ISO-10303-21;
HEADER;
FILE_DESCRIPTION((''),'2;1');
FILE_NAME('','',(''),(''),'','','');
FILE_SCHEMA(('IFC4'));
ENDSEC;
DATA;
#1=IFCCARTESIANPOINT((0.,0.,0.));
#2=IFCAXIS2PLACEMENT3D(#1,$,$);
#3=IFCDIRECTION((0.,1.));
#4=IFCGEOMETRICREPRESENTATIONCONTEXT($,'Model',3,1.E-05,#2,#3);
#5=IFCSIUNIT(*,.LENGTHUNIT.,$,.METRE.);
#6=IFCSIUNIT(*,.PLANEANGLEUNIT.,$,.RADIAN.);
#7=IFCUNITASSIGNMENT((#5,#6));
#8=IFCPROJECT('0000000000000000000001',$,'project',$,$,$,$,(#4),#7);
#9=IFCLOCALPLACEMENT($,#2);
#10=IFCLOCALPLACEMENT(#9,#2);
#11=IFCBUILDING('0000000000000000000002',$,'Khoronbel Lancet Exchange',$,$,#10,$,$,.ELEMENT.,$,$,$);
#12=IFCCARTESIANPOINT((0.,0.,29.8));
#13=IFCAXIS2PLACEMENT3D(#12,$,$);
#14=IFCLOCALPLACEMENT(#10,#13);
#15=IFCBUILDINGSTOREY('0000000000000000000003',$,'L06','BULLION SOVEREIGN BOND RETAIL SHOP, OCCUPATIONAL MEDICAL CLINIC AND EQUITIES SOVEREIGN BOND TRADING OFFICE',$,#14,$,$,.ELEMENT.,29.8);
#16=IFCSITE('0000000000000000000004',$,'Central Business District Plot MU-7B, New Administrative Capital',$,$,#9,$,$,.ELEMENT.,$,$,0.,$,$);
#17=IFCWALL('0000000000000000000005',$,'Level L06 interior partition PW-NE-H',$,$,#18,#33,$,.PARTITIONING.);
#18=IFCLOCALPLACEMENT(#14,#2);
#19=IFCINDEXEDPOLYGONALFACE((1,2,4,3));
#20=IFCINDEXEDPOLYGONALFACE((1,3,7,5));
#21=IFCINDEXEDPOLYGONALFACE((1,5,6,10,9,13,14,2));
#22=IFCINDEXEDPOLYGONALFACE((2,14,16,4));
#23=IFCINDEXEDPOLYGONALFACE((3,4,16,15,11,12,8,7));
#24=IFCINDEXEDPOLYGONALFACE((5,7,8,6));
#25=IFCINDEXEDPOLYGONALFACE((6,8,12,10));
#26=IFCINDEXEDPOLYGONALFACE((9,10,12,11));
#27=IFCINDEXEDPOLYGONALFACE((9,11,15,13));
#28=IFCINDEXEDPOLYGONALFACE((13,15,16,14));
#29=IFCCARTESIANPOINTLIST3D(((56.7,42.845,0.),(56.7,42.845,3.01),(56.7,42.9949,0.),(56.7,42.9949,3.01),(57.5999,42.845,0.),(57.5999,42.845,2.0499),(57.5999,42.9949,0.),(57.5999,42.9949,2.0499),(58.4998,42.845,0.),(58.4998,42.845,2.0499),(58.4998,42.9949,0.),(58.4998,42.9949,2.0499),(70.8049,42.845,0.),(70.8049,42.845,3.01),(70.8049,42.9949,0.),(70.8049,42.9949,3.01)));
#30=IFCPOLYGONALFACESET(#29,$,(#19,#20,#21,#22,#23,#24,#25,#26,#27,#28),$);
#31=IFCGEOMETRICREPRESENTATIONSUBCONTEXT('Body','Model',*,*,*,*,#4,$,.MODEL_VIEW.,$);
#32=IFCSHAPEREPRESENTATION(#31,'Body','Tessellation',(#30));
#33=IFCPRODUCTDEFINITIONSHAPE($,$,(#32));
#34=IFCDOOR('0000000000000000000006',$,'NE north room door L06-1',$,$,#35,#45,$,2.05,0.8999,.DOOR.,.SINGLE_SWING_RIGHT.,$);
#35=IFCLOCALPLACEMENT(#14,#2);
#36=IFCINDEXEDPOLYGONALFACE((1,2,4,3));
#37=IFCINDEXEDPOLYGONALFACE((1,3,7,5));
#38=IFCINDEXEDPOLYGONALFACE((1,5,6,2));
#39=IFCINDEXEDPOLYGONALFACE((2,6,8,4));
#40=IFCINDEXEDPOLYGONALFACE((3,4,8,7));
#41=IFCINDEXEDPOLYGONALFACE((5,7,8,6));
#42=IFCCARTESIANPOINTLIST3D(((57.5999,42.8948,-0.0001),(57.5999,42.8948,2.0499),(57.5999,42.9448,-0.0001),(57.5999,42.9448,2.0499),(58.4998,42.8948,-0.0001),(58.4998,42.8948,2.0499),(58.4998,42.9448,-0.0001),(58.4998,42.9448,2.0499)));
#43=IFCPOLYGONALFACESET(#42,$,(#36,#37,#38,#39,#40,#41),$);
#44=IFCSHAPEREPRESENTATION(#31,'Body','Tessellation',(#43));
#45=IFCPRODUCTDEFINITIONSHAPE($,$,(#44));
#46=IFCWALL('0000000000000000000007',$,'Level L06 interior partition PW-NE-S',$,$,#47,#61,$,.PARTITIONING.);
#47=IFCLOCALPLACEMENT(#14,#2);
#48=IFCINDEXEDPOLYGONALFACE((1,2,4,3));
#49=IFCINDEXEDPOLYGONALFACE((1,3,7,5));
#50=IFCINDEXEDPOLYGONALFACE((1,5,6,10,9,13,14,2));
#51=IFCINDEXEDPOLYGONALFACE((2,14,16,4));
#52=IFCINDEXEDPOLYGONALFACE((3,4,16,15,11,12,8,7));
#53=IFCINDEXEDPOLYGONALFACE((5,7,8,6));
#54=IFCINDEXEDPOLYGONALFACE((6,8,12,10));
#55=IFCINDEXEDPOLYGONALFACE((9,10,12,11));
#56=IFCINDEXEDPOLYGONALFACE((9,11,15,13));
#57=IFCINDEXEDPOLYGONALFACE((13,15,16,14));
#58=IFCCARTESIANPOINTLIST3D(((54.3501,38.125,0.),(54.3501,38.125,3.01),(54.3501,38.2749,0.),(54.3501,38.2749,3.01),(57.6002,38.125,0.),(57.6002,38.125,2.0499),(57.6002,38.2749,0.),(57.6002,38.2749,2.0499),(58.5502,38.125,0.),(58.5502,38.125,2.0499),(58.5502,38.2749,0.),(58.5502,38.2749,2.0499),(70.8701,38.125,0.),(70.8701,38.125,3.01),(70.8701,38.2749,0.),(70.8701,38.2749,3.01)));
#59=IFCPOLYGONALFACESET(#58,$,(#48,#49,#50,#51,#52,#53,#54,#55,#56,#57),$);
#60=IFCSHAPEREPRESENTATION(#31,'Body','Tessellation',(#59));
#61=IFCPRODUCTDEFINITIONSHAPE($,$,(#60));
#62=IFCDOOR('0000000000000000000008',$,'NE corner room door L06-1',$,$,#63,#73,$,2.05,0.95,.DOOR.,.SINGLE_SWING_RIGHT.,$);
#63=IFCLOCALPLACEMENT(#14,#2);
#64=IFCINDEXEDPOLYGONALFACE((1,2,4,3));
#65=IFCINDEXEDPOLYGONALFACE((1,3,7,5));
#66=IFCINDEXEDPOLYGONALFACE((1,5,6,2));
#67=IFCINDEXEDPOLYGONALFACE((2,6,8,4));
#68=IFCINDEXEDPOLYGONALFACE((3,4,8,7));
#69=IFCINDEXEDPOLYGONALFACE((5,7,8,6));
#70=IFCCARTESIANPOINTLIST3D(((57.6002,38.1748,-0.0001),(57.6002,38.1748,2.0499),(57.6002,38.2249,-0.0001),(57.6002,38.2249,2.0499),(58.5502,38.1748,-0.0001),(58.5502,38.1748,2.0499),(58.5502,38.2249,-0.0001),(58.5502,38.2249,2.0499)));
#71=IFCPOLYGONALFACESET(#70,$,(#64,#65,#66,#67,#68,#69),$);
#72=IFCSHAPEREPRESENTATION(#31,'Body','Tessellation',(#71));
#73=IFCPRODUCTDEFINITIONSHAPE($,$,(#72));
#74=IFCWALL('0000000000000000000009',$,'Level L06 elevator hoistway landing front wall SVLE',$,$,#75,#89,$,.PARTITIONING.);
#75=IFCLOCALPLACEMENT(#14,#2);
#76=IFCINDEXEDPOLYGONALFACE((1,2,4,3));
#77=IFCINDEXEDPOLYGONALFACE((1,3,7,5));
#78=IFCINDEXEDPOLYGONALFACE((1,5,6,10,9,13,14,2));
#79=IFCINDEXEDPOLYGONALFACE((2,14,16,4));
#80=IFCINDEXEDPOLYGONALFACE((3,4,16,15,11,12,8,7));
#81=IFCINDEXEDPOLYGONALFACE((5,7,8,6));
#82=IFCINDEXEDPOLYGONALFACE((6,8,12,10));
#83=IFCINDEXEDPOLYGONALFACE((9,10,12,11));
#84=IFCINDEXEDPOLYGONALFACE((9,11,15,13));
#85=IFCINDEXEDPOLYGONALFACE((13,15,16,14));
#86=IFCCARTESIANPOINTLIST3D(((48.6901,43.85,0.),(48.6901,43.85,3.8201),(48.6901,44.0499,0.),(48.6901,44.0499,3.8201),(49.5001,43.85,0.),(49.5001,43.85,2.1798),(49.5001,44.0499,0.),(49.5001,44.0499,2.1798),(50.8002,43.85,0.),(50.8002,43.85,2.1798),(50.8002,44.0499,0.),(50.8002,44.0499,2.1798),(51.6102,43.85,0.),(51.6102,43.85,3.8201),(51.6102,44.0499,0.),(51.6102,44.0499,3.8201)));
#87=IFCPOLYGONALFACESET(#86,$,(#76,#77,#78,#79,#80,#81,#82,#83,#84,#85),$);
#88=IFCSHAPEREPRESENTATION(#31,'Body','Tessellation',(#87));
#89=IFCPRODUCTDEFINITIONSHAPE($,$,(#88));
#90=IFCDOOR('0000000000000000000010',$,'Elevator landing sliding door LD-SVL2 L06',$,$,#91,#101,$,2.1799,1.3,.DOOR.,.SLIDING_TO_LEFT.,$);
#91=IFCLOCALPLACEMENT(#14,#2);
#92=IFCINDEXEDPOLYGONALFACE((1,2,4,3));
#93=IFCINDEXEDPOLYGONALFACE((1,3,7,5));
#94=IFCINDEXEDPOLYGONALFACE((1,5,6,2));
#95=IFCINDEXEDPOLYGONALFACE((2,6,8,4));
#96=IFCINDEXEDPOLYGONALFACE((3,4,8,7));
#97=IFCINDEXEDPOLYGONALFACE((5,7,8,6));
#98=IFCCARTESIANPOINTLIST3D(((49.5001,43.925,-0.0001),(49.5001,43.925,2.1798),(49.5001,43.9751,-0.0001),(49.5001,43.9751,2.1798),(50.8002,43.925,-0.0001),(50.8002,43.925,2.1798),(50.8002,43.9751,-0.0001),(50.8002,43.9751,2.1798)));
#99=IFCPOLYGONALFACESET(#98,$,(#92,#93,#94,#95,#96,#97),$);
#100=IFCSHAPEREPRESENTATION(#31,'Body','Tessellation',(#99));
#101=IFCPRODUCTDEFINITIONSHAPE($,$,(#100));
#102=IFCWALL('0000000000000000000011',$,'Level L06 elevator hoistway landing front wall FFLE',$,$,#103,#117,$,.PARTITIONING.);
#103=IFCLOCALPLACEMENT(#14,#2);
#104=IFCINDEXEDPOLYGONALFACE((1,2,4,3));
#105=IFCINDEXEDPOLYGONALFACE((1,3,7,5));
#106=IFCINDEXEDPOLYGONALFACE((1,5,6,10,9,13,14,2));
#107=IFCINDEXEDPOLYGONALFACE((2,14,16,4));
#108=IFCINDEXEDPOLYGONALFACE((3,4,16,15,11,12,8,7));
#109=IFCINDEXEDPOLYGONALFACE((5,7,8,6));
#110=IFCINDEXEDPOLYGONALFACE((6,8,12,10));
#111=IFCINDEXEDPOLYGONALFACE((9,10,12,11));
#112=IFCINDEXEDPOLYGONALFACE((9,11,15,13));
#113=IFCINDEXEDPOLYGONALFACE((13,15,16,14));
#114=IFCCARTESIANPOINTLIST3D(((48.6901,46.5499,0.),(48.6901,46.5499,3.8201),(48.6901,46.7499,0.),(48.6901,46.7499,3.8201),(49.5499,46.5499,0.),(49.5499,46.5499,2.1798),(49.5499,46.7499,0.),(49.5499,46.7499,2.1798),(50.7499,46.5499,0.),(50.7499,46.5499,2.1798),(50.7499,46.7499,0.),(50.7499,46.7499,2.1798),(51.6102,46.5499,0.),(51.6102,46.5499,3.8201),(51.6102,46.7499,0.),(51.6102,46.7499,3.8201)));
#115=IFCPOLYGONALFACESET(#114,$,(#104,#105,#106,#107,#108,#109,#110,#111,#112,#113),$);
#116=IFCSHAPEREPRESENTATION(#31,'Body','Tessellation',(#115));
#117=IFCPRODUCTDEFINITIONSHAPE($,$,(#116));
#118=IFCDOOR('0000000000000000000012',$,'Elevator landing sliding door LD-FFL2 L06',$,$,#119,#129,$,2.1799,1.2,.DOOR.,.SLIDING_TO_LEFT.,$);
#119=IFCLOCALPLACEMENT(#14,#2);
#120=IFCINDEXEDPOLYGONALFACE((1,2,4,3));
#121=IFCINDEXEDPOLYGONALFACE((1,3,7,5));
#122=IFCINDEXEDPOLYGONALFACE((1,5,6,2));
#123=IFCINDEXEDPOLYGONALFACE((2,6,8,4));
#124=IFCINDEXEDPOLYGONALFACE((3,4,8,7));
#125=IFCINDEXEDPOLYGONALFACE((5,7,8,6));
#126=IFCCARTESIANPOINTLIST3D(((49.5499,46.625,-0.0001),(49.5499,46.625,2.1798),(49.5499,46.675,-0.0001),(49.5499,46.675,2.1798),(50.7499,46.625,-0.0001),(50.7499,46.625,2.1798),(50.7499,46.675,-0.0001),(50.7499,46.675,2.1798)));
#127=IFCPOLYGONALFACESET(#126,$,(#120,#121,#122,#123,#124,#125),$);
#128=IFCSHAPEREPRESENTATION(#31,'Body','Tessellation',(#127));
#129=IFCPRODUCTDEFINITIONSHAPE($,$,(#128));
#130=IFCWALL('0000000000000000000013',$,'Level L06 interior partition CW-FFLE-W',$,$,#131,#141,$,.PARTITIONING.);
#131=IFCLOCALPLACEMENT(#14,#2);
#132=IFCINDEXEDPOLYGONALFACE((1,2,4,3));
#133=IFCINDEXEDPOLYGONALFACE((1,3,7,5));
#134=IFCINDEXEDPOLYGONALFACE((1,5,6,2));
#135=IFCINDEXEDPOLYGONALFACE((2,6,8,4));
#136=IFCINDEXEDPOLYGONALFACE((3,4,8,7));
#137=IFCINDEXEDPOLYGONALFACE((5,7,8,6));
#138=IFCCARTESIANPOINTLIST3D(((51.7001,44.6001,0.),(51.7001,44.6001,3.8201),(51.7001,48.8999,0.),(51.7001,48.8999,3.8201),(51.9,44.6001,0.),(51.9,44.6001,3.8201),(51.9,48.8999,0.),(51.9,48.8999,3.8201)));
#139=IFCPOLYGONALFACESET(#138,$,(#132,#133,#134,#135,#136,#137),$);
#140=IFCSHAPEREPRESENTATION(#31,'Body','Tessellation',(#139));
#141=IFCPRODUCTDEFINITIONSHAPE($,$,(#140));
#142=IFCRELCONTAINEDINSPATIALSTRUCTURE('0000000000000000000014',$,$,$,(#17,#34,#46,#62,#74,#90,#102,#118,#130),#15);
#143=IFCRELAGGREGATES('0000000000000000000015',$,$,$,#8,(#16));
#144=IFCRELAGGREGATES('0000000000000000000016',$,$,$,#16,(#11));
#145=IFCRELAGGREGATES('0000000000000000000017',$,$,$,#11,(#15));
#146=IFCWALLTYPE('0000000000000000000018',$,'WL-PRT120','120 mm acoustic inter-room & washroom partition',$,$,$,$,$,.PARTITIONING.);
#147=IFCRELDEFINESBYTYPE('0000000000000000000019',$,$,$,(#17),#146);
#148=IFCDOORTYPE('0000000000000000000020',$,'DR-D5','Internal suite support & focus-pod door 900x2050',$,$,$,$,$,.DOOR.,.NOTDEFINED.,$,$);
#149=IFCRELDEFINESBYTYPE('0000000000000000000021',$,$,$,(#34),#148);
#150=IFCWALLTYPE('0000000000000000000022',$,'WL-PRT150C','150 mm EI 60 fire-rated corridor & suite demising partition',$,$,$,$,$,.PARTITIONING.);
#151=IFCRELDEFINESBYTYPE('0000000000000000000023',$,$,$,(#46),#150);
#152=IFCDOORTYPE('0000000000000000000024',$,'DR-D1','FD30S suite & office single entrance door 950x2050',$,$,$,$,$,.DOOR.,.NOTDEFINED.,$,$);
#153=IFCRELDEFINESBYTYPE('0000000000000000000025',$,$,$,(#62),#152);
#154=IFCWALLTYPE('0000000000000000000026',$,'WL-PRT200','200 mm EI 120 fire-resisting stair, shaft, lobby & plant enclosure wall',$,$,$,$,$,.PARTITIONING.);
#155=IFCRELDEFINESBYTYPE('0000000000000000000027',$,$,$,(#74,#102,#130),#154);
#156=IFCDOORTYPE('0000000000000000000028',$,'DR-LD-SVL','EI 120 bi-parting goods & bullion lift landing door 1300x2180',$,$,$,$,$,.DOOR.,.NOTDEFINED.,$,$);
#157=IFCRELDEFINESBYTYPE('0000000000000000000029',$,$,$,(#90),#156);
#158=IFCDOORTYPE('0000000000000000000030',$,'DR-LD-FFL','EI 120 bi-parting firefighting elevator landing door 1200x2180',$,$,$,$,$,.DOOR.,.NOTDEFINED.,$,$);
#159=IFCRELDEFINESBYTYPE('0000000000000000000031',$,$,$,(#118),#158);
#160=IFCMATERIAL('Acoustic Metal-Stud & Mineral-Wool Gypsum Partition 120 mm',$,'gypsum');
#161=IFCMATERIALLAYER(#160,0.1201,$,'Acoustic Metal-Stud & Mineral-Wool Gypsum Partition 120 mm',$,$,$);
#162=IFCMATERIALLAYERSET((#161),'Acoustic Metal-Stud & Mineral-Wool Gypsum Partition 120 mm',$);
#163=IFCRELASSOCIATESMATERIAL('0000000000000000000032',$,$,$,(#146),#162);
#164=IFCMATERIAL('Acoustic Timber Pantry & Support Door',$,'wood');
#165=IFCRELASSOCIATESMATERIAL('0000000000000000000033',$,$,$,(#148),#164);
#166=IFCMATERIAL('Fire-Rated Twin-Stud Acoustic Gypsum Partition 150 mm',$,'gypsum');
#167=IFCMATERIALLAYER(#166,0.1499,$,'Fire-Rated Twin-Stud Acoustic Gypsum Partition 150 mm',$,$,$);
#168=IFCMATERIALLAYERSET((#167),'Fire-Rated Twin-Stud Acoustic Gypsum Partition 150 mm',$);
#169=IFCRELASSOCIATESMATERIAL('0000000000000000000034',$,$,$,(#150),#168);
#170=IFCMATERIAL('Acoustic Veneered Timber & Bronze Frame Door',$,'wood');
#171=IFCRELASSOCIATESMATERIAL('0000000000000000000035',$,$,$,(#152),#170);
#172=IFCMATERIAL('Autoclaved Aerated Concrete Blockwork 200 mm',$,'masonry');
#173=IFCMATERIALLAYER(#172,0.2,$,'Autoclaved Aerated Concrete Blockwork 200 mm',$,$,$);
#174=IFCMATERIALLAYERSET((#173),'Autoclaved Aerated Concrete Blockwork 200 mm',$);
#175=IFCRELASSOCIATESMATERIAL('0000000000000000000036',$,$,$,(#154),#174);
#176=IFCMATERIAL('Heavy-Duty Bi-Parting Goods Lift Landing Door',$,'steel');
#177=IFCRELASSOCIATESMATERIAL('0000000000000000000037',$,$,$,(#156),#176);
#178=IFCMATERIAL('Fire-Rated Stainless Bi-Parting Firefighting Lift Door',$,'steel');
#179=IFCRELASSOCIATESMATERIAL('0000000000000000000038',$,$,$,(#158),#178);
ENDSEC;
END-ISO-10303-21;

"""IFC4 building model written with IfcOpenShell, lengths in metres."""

from ifc_helpers import new_model, si_unit, direction, frame, frame_2d, origin, place, context, subcontext, project, spatial, rectangle, extrude, material, layer, layer_set, type_object, element, fill, save


model = new_model("IFC4")

# Units and contexts
model_context = context("Model", 3, precision=1e-05, world=origin(), true_north=direction((0.0, 1.0)))
body_context = subcontext(model_context, "Body", "Model", "MODEL_VIEW")
ifc_project = project(units=[si_unit("LENGTHUNIT", "METRE"), si_unit("PLANEANGLEUNIT", "RADIAN")], contexts=[model_context])

# Site, building, storey
site_placement = place(None, origin())
site = spatial("IfcSite", under=ifc_project, at=site_placement, Name="Central Business District Plot MU-7B, New Administrative Capital", CompositionType="ELEMENT", RefElevation=0.0)
building_placement = place(site_placement, origin())
building = spatial("IfcBuilding", under=site, at=building_placement, Name="Khoronbel Lancet Exchange", CompositionType="ELEMENT")
storey_placement = place(building_placement, frame((0.0, 0.0, 29.8)))
storey = spatial("IfcBuildingStorey", under=building, at=storey_placement, Name="L06", Description="BULLION SOVEREIGN BOND RETAIL SHOP, OCCUPATIONAL MEDICAL CLINIC AND EQUITIES SOVEREIGN BOND TRADING OFFICE", CompositionType="ELEMENT", Elevation=29.8)

# Shared definitions
ifc_material_1 = material(Name="Acoustic Metal-Stud & Mineral-Wool Gypsum Partition 120 mm", Category="gypsum")
ifc_layer_1 = layer(ifc_material_1, 0.1201, Name="Acoustic Metal-Stud & Mineral-Wool Gypsum Partition 120 mm")
ifc_layer_set_1 = layer_set([ifc_layer_1], Name="Acoustic Metal-Stud & Mineral-Wool Gypsum Partition 120 mm")
wall_type_1 = type_object("IfcWallType", Name="WL-PRT120", Description="120 mm acoustic inter-room & washroom partition", PredefinedType="PARTITIONING", material=ifc_layer_set_1)

# Walls, openings, doors
wall_1_placement = place(storey_placement, frame((56.7, 42.9199, 0.0), z_axis=(0.0, 0.0, 1.0), x_axis=(1.0, 0.0, 0.0)))
wall_1 = element("IfcWall", 1, at=wall_1_placement, inside=storey, type_object=wall_type_1, Name="Level L06 interior partition PW-NE-H", PredefinedType="PARTITIONING", context=body_context, shape_type="SweptSolid", body=[
    extrude(rectangle(XDim=14.105, YDim=0.1499, at=frame_2d((7.0525, 0.0))), origin(), (0.0, 0.0, 1.0), 3.01),
])
opening_1_placement = place(wall_1_placement, frame((0.8999, 0.0, 0.0)))
opening_1 = element("IfcOpeningElement", 2, at=opening_1_placement, cuts=wall_1, PredefinedType="OPENING", context=body_context, shape_type="SweptSolid", body=[
    extrude(rectangle(XDim=0.8999, YDim=2.05, at=frame_2d((0.45, 1.0249))), frame((0.0, 0.085, 0.0), z_axis=(0.0, -1.0, 0.0), x_axis=(1.0, 0.0, 0.0)), (0.0, 0.0, 1.0), 0.1699),
])
ifc_material_2 = material(Name="Acoustic Timber Pantry & Support Door", Category="wood")
door_type_1 = type_object("IfcDoorType", Name="DR-D5", Description="Internal suite support & focus-pod door 900x2050", OperationType="NOTDEFINED", PredefinedType="DOOR", material=ifc_material_2)
door_1_placement = place(opening_1_placement, origin())
door_1 = element("IfcDoor", 3, at=door_1_placement, inside=storey, type_object=door_type_1, Name="NE north room door L06-1", OperationType="SINGLE_SWING_RIGHT", OverallHeight=2.05, OverallWidth=0.8999, PredefinedType="DOOR", context=body_context, shape_type="SweptSolid", body=[
    extrude(rectangle(XDim=0.8999, YDim=2.05, at=frame_2d((0.45, 1.0249))), frame((0.0, 0.0249, 0.0), z_axis=(0.0, -1.0, 0.0), x_axis=(1.0, 0.0, 0.0)), (0.0, 0.0, 1.0), 0.05),
])
fill(opening_1, door_1)
ifc_material_3 = material(Name="Fire-Rated Twin-Stud Acoustic Gypsum Partition 150 mm", Category="gypsum")
ifc_layer_2 = layer(ifc_material_3, 0.1499, Name="Fire-Rated Twin-Stud Acoustic Gypsum Partition 150 mm")
ifc_layer_set_2 = layer_set([ifc_layer_2], Name="Fire-Rated Twin-Stud Acoustic Gypsum Partition 150 mm")
wall_type_2 = type_object("IfcWallType", Name="WL-PRT150C", Description="150 mm EI 60 fire-rated corridor & suite demising partition", PredefinedType="PARTITIONING", material=ifc_layer_set_2)
wall_2_placement = place(storey_placement, frame((54.3501, 38.2, 0.0), z_axis=(0.0, 0.0, 1.0), x_axis=(1.0, 0.0, 0.0)))
wall_2 = element("IfcWall", 4, at=wall_2_placement, inside=storey, type_object=wall_type_2, Name="Level L06 interior partition PW-NE-S", PredefinedType="PARTITIONING", context=body_context, shape_type="SweptSolid", body=[
    extrude(rectangle(XDim=16.52, YDim=0.1499, at=frame_2d((8.26, 0.0))), origin(), (0.0, 0.0, 1.0), 3.01),
])
opening_2_placement = place(wall_2_placement, frame((3.25, 0.0, 0.0)))
opening_2 = element("IfcOpeningElement", 5, at=opening_2_placement, cuts=wall_2, PredefinedType="OPENING", context=body_context, shape_type="SweptSolid", body=[
    extrude(rectangle(XDim=0.95, YDim=2.05, at=frame_2d((0.4751, 1.0249))), frame((0.0, 0.085, 0.0), z_axis=(0.0, -1.0, 0.0), x_axis=(1.0, 0.0, 0.0)), (0.0, 0.0, 1.0), 0.1699),
])
ifc_material_4 = material(Name="Acoustic Veneered Timber & Bronze Frame Door", Category="wood")
door_type_2 = type_object("IfcDoorType", Name="DR-D1", Description="FD30S suite & office single entrance door 950x2050", OperationType="NOTDEFINED", PredefinedType="DOOR", material=ifc_material_4)
door_2_placement = place(opening_2_placement, origin())
door_2 = element("IfcDoor", 6, at=door_2_placement, inside=storey, type_object=door_type_2, Name="NE corner room door L06-1", OperationType="SINGLE_SWING_RIGHT", OverallHeight=2.05, OverallWidth=0.95, PredefinedType="DOOR", context=body_context, shape_type="SweptSolid", body=[
    extrude(rectangle(XDim=0.95, YDim=2.05, at=frame_2d((0.4751, 1.0249))), frame((0.0, 0.0249, 0.0), z_axis=(0.0, -1.0, 0.0), x_axis=(1.0, 0.0, 0.0)), (0.0, 0.0, 1.0), 0.05),
])
fill(opening_2, door_2)
ifc_material_5 = material(Name="Autoclaved Aerated Concrete Blockwork 200 mm", Category="masonry")
ifc_layer_3 = layer(ifc_material_5, 0.2, Name="Autoclaved Aerated Concrete Blockwork 200 mm")
ifc_layer_set_3 = layer_set([ifc_layer_3], Name="Autoclaved Aerated Concrete Blockwork 200 mm")
wall_type_3 = type_object("IfcWallType", Name="WL-PRT200", Description="200 mm EI 120 fire-resisting stair, shaft, lobby & plant enclosure wall", PredefinedType="PARTITIONING", material=ifc_layer_set_3)
wall_3_placement = place(storey_placement, frame((51.6101, 43.95, 0.0), z_axis=(0.0, 0.0, 1.0), x_axis=(-1.0, 0.0, 0.0)))
wall_3 = element("IfcWall", 7, at=wall_3_placement, inside=storey, type_object=wall_type_3, Name="Level L06 elevator hoistway landing front wall SVLE", PredefinedType="PARTITIONING", context=body_context, shape_type="SweptSolid", body=[
    extrude(rectangle(XDim=2.9202, YDim=0.2, at=frame_2d((1.46, 0.0))), origin(), (0.0, 0.0, 1.0), 3.8201),
])
opening_3_placement = place(wall_3_placement, frame((0.8101, 0.0, 0.0)))
opening_3 = element("IfcOpeningElement", 8, at=opening_3_placement, cuts=wall_3, PredefinedType="OPENING", context=body_context, shape_type="SweptSolid", body=[
    extrude(rectangle(XDim=1.3, YDim=2.1799, at=frame_2d((0.6499, 1.0898))), frame((0.0, 0.1099, 0.0), z_axis=(0.0, -1.0, 0.0), x_axis=(1.0, 0.0, 0.0)), (0.0, 0.0, 1.0), 0.22),
])
ifc_material_6 = material(Name="Heavy-Duty Bi-Parting Goods Lift Landing Door", Category="steel")
door_type_3 = type_object("IfcDoorType", Name="DR-LD-SVL", Description="EI 120 bi-parting goods & bullion lift landing door 1300x2180", OperationType="NOTDEFINED", PredefinedType="DOOR", material=ifc_material_6)
door_3_placement = place(opening_3_placement, origin())
door_3 = element("IfcDoor", 9, at=door_3_placement, inside=storey, type_object=door_type_3, Name="Elevator landing sliding door LD-SVL2 L06", OperationType="SLIDING_TO_LEFT", OverallHeight=2.1799, OverallWidth=1.3, PredefinedType="DOOR", context=body_context, shape_type="SweptSolid", body=[
    extrude(rectangle(XDim=1.3, YDim=2.1799, at=frame_2d((0.6499, 1.0898))), frame((0.0, 0.0249, 0.0), z_axis=(0.0, -1.0, 0.0), x_axis=(1.0, 0.0, 0.0)), (0.0, 0.0, 1.0), 0.05),
])
fill(opening_3, door_3)
wall_4_placement = place(storey_placement, frame((51.6101, 46.6499, 0.0), z_axis=(0.0, 0.0, 1.0), x_axis=(-1.0, 0.0, 0.0)))
wall_4 = element("IfcWall", 10, at=wall_4_placement, inside=storey, type_object=wall_type_3, Name="Level L06 elevator hoistway landing front wall FFLE", PredefinedType="PARTITIONING", context=body_context, shape_type="SweptSolid", body=[
    extrude(rectangle(XDim=2.9202, YDim=0.2, at=frame_2d((1.46, 0.0))), origin(), (0.0, 0.0, 1.0), 3.8201),
])
opening_4_placement = place(wall_4_placement, frame((0.8601, 0.0, 0.0)))
opening_4 = element("IfcOpeningElement", 11, at=opening_4_placement, cuts=wall_4, PredefinedType="OPENING", context=body_context, shape_type="SweptSolid", body=[
    extrude(rectangle(XDim=1.2, YDim=2.1799, at=frame_2d((0.6001, 1.0898))), frame((0.0, 0.1099, 0.0), z_axis=(0.0, -1.0, 0.0), x_axis=(1.0, 0.0, 0.0)), (0.0, 0.0, 1.0), 0.22),
])
ifc_material_7 = material(Name="Fire-Rated Stainless Bi-Parting Firefighting Lift Door", Category="steel")
door_type_4 = type_object("IfcDoorType", Name="DR-LD-FFL", Description="EI 120 bi-parting firefighting elevator landing door 1200x2180", OperationType="NOTDEFINED", PredefinedType="DOOR", material=ifc_material_7)
door_4_placement = place(opening_4_placement, origin())
door_4 = element("IfcDoor", 12, at=door_4_placement, inside=storey, type_object=door_type_4, Name="Elevator landing sliding door LD-FFL2 L06", OperationType="SLIDING_TO_LEFT", OverallHeight=2.1799, OverallWidth=1.2, PredefinedType="DOOR", context=body_context, shape_type="SweptSolid", body=[
    extrude(rectangle(XDim=1.2, YDim=2.1799, at=frame_2d((0.6001, 1.0898))), frame((0.0, 0.0249, 0.0), z_axis=(0.0, -1.0, 0.0), x_axis=(1.0, 0.0, 0.0)), (0.0, 0.0, 1.0), 0.05),
])
fill(opening_4, door_4)

# Wall
wall_5_placement = place(storey_placement, frame((51.8, 44.6001, 0.0), z_axis=(0.0, 0.0, 1.0), x_axis=(0.0, 1.0, 0.0)))
element("IfcWall", 13, at=wall_5_placement, inside=storey, type_object=wall_type_3, Name="Level L06 interior partition CW-FFLE-W", PredefinedType="PARTITIONING", context=body_context, shape_type="SweptSolid", body=[
    extrude(rectangle(XDim=4.2998, YDim=0.2, at=frame_2d((2.1499, 0.0))), origin(), (0.0, 0.0, 1.0), 3.8201),
])

save(model, "model.ifc")
